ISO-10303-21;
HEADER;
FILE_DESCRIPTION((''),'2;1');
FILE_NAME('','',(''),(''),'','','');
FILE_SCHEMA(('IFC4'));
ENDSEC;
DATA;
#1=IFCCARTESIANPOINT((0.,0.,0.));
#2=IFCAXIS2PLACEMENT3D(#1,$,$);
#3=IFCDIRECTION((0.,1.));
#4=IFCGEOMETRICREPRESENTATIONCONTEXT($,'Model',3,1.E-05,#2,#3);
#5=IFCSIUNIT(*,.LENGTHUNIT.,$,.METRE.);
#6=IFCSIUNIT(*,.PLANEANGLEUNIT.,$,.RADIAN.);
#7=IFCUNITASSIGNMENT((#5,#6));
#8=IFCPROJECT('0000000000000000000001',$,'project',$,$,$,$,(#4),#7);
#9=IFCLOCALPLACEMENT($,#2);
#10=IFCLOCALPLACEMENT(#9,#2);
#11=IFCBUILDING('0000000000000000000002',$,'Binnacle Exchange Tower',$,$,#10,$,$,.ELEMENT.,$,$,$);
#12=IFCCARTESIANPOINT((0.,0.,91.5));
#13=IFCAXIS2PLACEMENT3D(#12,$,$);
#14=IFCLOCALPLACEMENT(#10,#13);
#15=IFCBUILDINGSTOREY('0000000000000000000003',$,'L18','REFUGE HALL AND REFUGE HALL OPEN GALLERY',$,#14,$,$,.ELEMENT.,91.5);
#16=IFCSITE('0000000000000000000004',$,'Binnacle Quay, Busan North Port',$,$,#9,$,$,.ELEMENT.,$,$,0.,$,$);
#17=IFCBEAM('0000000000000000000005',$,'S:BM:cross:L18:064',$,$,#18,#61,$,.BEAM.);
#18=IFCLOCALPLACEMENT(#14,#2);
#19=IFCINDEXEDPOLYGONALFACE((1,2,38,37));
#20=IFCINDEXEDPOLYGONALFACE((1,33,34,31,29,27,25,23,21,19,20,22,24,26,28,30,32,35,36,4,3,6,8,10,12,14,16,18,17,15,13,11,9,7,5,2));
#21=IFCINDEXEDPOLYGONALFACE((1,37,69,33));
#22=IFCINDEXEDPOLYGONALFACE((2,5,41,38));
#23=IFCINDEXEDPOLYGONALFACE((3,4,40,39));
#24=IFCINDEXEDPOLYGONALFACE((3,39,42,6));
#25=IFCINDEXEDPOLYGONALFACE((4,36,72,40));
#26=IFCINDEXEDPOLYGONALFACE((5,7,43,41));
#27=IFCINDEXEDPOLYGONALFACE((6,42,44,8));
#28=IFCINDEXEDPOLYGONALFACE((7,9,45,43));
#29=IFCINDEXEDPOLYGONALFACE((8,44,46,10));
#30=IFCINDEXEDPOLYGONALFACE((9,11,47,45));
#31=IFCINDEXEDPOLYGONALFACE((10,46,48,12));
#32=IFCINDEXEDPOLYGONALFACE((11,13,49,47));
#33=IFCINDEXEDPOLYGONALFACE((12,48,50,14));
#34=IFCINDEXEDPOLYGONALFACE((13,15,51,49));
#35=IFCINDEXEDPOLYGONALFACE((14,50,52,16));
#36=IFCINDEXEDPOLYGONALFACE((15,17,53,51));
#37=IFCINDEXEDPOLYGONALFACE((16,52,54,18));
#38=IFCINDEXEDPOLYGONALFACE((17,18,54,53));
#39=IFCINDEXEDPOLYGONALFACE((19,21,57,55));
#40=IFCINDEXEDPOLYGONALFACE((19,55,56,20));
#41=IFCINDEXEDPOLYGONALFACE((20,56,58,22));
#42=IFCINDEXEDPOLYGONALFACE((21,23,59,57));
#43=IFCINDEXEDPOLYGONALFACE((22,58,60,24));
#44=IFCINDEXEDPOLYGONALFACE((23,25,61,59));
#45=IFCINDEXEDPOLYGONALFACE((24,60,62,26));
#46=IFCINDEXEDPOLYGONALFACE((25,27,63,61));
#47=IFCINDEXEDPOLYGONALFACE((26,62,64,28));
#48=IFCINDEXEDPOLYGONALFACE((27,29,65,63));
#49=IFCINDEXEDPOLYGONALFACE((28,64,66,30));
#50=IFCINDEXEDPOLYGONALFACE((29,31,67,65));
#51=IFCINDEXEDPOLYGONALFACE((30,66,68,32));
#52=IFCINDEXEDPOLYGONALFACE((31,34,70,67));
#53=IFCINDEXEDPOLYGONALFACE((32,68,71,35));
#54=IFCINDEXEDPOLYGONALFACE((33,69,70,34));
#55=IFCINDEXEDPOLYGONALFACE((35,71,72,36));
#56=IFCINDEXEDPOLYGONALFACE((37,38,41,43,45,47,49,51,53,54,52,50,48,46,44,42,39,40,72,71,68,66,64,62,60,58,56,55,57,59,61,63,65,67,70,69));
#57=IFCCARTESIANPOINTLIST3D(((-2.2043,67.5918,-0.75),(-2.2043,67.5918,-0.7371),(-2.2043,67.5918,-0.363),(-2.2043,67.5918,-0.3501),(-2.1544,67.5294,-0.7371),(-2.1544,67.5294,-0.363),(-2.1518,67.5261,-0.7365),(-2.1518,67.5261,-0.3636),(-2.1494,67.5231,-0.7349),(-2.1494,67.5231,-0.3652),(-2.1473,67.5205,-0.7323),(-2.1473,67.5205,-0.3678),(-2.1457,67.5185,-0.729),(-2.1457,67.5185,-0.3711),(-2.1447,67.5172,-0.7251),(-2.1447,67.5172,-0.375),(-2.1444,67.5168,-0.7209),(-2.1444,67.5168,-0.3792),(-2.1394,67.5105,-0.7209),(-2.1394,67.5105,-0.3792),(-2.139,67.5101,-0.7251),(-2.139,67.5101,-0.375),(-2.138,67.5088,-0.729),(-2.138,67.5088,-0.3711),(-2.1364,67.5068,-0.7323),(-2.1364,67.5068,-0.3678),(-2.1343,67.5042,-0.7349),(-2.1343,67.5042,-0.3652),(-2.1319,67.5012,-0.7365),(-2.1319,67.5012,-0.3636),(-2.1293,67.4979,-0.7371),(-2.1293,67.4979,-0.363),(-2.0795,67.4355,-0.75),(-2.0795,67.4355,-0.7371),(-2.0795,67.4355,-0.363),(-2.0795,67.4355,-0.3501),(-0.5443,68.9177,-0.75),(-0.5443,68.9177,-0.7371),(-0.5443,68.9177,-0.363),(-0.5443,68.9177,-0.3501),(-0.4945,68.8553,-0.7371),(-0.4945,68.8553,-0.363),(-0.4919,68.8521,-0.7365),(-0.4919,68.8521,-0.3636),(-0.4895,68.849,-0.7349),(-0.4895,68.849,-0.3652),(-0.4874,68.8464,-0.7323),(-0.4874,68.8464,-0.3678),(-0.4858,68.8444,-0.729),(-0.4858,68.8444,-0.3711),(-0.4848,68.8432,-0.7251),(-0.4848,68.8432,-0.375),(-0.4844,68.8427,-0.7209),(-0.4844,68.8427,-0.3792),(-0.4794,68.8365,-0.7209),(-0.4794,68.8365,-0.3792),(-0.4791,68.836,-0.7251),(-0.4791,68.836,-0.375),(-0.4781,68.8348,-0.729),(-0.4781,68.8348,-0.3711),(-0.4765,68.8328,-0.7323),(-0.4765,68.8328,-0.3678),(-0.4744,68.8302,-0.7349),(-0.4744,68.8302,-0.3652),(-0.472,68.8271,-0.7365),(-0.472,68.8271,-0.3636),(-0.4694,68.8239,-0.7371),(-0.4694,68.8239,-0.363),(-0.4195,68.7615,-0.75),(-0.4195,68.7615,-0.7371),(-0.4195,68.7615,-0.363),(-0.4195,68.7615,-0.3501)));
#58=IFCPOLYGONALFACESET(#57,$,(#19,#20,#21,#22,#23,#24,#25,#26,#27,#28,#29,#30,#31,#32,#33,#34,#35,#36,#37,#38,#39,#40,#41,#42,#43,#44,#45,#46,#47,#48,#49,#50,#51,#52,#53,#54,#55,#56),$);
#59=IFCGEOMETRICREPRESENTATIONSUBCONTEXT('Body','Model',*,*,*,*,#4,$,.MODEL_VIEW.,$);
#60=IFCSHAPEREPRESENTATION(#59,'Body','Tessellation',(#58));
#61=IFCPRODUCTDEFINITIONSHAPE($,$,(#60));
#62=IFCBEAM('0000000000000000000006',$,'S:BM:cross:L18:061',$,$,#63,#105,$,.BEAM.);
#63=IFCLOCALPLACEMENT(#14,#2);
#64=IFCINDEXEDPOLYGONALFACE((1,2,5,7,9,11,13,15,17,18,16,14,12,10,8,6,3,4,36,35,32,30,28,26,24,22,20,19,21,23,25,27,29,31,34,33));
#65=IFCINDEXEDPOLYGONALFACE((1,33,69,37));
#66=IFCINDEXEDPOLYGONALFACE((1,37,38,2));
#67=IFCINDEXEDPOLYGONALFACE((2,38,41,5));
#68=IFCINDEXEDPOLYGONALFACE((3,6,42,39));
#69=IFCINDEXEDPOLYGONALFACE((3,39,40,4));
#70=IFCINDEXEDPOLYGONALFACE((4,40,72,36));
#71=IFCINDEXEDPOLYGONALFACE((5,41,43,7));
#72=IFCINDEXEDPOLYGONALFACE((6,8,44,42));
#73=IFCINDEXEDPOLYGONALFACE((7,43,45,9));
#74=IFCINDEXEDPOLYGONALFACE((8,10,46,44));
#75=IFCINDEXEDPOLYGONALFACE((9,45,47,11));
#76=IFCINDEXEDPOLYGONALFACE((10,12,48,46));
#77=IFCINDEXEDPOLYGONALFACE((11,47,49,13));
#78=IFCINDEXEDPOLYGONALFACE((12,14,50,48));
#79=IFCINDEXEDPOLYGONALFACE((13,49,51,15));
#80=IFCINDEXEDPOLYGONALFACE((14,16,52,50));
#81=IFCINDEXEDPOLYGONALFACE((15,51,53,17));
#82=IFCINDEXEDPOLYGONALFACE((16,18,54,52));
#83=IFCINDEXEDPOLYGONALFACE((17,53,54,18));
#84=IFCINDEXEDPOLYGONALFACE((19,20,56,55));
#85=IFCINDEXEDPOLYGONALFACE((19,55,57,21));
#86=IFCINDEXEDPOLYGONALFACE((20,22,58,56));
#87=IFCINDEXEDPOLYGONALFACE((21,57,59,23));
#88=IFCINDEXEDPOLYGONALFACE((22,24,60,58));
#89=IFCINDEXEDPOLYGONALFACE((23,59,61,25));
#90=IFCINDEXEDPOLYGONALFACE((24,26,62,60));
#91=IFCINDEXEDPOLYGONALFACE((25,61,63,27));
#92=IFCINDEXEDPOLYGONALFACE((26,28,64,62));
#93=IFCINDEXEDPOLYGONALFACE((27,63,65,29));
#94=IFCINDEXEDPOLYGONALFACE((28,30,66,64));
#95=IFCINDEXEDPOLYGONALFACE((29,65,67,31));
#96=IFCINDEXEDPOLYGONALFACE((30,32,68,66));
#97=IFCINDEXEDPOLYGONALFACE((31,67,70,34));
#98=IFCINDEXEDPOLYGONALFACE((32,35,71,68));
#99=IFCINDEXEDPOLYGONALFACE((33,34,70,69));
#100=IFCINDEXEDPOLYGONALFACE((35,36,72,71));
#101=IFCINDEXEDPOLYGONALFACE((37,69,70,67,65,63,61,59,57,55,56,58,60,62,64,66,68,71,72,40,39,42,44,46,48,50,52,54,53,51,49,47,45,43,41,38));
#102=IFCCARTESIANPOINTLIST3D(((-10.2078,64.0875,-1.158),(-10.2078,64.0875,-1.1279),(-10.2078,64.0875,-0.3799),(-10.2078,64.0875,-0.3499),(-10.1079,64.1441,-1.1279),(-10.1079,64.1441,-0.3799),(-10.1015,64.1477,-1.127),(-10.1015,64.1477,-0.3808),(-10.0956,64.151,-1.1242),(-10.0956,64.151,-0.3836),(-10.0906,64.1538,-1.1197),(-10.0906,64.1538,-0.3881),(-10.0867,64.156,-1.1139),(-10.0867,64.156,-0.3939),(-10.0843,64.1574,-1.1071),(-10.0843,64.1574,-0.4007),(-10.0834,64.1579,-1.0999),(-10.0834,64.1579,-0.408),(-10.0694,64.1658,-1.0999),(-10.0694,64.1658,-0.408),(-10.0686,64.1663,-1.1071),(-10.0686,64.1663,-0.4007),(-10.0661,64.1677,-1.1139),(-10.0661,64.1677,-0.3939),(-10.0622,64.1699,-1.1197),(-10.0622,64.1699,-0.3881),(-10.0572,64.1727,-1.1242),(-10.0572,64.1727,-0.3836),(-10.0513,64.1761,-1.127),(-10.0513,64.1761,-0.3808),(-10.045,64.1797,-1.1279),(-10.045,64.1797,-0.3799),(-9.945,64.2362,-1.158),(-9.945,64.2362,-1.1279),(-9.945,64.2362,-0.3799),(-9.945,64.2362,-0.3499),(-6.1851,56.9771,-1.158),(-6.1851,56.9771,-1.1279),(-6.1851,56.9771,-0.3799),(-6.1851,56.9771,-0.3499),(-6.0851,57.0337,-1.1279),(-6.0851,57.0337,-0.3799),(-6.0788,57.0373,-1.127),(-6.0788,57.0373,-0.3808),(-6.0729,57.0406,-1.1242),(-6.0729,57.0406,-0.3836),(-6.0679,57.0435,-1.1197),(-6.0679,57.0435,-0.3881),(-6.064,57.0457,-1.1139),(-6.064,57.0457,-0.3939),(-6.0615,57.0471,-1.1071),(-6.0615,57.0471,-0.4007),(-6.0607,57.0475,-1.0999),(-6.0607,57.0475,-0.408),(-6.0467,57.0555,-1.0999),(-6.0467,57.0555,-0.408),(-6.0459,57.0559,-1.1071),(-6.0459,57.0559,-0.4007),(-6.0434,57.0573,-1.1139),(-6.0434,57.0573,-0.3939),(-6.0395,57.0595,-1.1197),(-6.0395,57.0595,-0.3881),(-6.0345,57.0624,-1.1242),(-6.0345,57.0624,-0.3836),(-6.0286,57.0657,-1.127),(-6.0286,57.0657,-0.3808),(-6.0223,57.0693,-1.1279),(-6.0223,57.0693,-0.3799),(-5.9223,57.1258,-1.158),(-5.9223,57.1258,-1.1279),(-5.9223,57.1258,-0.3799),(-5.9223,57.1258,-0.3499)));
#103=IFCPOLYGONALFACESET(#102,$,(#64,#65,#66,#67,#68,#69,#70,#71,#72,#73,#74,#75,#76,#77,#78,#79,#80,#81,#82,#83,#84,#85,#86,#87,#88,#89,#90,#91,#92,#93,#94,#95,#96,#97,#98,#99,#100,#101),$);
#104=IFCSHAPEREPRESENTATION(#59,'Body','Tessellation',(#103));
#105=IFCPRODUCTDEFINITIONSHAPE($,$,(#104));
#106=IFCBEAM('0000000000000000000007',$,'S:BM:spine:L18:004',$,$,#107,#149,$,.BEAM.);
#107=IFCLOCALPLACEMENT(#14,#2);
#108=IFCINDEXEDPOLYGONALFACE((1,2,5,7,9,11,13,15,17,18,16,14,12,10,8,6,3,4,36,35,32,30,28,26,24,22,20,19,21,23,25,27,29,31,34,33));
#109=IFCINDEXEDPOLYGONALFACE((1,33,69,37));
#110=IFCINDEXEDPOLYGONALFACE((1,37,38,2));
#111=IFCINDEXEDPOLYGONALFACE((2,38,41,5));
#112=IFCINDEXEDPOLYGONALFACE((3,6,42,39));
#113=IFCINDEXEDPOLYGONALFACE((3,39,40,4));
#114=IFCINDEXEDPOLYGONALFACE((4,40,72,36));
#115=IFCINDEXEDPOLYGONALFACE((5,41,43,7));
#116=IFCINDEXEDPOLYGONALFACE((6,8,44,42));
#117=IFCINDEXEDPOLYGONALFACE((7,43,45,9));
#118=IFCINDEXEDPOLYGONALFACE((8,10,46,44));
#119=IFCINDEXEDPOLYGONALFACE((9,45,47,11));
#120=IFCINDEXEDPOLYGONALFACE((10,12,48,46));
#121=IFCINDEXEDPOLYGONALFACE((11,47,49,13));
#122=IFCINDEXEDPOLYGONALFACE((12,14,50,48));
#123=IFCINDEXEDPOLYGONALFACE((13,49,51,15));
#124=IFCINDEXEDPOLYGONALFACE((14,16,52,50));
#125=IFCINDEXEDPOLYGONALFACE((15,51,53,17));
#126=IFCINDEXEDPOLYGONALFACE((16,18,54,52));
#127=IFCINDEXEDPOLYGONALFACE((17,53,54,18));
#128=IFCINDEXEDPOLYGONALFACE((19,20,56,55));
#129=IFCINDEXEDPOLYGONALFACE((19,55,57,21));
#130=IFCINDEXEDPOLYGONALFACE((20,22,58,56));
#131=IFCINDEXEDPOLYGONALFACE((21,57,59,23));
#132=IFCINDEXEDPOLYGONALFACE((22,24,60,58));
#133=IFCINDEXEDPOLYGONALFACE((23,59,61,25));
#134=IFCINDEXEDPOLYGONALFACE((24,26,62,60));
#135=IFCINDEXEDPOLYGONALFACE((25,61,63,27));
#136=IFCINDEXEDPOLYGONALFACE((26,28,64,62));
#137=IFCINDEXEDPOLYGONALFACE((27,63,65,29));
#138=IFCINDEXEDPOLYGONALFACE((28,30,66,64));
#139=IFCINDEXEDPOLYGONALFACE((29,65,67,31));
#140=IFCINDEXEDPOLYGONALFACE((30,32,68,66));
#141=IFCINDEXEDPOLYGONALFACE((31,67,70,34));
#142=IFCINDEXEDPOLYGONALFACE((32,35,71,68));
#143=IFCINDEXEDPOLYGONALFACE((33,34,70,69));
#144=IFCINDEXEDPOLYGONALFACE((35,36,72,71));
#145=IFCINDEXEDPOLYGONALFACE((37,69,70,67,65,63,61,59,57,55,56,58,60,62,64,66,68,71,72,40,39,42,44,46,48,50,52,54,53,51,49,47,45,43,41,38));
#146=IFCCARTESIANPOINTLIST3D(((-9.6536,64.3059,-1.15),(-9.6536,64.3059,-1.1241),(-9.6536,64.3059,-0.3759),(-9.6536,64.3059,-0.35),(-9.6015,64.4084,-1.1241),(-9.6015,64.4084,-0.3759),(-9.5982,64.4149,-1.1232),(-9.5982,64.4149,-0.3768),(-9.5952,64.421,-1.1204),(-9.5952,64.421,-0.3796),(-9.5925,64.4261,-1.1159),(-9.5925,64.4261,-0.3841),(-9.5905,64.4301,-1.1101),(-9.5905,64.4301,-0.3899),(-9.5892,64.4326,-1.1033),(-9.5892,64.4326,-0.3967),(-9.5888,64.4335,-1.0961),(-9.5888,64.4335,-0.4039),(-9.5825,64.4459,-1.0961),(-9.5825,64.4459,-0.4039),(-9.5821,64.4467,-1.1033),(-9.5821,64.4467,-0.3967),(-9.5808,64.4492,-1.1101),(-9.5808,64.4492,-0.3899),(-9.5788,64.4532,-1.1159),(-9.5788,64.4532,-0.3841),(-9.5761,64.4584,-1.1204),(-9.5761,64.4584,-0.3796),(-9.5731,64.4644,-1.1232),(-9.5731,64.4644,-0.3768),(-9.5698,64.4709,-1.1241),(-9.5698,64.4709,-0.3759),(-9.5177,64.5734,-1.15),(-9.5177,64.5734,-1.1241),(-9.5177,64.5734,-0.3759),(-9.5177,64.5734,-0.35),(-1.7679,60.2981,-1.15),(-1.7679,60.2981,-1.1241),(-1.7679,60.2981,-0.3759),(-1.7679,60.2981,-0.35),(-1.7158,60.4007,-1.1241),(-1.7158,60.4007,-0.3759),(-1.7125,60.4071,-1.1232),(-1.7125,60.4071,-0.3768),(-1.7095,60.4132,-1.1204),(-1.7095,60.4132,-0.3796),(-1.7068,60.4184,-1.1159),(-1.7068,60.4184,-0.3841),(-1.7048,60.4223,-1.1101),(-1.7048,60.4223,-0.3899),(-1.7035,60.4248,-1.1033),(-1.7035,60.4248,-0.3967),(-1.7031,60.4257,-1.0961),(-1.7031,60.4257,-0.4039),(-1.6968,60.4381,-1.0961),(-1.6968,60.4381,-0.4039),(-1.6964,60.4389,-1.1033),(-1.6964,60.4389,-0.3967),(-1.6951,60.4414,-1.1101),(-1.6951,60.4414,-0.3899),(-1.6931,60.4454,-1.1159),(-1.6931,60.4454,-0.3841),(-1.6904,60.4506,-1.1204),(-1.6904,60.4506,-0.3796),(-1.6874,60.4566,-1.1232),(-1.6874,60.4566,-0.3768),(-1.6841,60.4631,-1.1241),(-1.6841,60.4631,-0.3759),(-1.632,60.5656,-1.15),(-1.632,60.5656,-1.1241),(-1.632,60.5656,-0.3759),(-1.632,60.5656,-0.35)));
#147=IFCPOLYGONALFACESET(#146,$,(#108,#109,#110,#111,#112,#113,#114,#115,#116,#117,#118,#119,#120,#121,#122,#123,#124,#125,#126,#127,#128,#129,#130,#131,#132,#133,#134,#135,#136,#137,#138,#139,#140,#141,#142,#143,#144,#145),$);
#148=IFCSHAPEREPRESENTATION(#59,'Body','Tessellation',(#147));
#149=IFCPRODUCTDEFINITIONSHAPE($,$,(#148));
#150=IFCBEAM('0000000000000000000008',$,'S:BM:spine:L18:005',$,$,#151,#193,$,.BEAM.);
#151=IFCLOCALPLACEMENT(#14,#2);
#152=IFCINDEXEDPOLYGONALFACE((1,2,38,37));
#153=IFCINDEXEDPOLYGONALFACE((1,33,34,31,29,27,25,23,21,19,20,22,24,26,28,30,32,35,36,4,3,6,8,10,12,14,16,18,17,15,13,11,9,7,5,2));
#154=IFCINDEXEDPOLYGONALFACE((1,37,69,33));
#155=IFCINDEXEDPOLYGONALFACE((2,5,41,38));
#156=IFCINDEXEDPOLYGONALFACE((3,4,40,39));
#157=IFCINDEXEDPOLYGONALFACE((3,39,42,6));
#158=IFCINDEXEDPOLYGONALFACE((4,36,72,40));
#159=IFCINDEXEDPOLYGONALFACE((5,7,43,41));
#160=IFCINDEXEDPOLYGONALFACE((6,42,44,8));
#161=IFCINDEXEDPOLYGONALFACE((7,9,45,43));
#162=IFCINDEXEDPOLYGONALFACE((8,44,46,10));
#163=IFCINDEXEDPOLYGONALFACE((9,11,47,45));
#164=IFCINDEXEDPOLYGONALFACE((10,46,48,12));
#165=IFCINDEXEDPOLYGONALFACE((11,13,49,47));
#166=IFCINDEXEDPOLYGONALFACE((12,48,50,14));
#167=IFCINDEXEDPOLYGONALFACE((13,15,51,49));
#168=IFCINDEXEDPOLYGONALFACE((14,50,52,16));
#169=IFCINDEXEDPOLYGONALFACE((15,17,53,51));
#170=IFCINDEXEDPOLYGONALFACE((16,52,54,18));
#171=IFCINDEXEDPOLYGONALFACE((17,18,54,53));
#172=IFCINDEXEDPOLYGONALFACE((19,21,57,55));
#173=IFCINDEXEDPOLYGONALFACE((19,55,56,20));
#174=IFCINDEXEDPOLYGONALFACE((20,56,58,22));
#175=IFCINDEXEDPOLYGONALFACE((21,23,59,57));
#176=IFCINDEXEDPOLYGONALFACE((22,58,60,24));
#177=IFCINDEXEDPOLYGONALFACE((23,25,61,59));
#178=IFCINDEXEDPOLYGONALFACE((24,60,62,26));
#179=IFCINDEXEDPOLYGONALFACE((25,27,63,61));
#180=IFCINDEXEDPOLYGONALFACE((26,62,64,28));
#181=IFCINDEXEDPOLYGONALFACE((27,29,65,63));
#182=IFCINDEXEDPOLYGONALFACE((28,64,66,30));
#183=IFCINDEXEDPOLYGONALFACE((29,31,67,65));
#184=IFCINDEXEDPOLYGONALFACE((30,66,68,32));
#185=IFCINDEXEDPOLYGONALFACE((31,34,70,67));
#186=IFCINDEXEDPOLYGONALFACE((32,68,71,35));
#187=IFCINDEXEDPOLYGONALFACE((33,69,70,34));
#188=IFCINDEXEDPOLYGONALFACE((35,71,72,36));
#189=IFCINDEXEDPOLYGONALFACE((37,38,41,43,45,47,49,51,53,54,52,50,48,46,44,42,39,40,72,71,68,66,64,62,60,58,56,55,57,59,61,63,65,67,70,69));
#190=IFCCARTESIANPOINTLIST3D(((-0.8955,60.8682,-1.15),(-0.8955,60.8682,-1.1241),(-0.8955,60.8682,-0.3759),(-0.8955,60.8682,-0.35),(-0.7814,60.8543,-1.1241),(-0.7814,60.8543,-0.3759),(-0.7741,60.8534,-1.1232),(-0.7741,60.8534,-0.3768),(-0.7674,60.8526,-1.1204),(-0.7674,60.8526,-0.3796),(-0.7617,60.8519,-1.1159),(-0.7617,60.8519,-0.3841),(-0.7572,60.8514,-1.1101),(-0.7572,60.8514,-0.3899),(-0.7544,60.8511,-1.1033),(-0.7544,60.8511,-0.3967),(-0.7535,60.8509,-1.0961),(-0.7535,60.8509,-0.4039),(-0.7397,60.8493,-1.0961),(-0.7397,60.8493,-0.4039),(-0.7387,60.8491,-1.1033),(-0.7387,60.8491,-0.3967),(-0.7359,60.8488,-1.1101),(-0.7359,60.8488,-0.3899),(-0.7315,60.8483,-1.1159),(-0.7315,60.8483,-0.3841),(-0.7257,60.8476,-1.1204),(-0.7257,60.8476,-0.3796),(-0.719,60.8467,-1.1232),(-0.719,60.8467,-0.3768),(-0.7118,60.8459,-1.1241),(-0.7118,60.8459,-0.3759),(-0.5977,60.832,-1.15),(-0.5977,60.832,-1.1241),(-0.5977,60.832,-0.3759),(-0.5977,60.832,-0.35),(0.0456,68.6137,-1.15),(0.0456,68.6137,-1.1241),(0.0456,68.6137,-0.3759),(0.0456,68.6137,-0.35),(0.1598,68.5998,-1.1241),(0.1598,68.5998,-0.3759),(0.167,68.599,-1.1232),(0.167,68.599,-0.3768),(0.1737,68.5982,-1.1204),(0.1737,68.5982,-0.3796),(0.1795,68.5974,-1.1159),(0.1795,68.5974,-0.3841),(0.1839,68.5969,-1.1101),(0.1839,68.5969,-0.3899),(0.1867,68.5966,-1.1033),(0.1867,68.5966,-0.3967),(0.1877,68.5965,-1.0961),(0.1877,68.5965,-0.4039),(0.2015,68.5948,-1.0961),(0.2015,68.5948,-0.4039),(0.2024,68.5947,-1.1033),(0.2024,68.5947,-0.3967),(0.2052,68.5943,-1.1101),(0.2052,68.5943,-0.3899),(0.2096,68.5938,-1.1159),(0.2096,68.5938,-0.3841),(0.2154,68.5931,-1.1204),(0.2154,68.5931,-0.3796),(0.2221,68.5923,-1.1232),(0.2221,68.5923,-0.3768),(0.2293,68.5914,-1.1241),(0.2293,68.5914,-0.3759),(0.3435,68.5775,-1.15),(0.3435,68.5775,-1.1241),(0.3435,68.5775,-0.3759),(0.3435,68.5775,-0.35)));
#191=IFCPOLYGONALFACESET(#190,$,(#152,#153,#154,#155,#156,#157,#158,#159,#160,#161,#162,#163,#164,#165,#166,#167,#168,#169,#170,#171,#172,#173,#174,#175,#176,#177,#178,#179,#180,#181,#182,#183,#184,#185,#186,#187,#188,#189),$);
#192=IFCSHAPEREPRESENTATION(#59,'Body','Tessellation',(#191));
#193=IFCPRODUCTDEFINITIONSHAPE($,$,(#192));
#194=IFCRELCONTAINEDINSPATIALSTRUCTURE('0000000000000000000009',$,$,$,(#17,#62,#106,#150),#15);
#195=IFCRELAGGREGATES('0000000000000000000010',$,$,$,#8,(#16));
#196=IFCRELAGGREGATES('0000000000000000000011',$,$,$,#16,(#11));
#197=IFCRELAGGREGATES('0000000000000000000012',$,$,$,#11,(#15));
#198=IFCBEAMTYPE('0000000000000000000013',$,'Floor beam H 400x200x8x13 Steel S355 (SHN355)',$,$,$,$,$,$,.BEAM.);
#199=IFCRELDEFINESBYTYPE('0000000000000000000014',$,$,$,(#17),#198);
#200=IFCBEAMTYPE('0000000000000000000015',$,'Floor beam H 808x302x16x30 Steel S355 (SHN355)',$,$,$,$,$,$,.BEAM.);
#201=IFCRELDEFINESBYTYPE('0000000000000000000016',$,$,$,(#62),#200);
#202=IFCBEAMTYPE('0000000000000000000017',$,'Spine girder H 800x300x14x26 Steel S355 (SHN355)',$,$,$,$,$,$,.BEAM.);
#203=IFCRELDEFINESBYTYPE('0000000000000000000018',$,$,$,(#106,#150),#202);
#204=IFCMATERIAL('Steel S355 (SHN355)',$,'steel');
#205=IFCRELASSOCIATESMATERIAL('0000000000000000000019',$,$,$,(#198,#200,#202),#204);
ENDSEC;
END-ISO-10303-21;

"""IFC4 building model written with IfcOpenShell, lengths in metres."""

from ifc_helpers import new_model, si_unit, direction, frame, origin, origin_2d, place, context, subcontext, project, spatial, i_section, extrude, material, material_profile, profile_set, type_object, element, save


model = new_model("IFC4")

# Units and contexts
model_context = context("Model", 3, precision=1e-05, world=origin(), true_north=direction((0.0, 1.0)))
body_context = subcontext(model_context, "Body", "Model", "MODEL_VIEW")
ifc_project = project(units=[si_unit("LENGTHUNIT", "METRE"), si_unit("PLANEANGLEUNIT", "RADIAN")], contexts=[model_context])

# Site, building, storey
site_placement = place(None, origin())
site = spatial("IfcSite", under=ifc_project, at=site_placement, Name="Binnacle Quay, Busan North Port", CompositionType="ELEMENT", RefElevation=0.0)
building_placement = place(site_placement, origin())
building = spatial("IfcBuilding", under=site, at=building_placement, Name="Binnacle Exchange Tower", CompositionType="ELEMENT")
storey_placement = place(building_placement, frame((0.0, 0.0, 91.5)))
storey = spatial("IfcBuildingStorey", under=building, at=storey_placement, Name="L18", Description="REFUGE HALL AND REFUGE HALL OPEN GALLERY", CompositionType="ELEMENT", Elevation=91.5)

# Beams
ifc_material_1 = material(Name="Steel S355 (SHN355)", Category="steel")
ifc_material_profile_1 = material_profile(ifc_material_1, i_section(OverallWidth=0.2, OverallDepth=0.3999, WebThickness=0.0081, FlangeThickness=0.0129, FilletRadius=0.0161, at=origin_2d()), Name="H 400x200x8x13")
ifc_profile_set_1 = profile_set([ifc_material_profile_1], Name="Steel S355 (SHN355)")
beam_type_1 = type_object("IfcBeamType", Name="Floor beam H 400x200x8x13 Steel S355 (SHN355)", PredefinedType="BEAM", material=ifc_profile_set_1)
beam_1_placement = place(storey_placement, frame((-0.4819, 68.8396, -0.55), z_axis=(-0.781328, -0.62412, 0.0), x_axis=(0.62412, -0.781328, 0.0)))
element("IfcBeam", 1, at=beam_1_placement, inside=storey, type_object=beam_type_1, Name="S:BM:cross:L18:064", PredefinedType="BEAM", context=body_context, shape_type="SweptSolid", body=[
    extrude(i_section(OverallWidth=0.2, OverallDepth=0.3999, WebThickness=0.0081, FlangeThickness=0.0129, FilletRadius=0.0161, at=origin_2d()), origin(), (0.0, 0.0, 1.0), 2.1245),
])
ifc_material_profile_2 = material_profile(ifc_material_1, i_section(OverallWidth=0.302, OverallDepth=0.8081, WebThickness=0.0161, FlangeThickness=0.03, FilletRadius=0.0281, at=origin_2d()), Name="H 808x302x16x30")
ifc_profile_set_2 = profile_set([ifc_material_profile_2], Name="Steel S355 (SHN355)")
beam_type_2 = type_object("IfcBeamType", Name="Floor beam H 808x302x16x30 Steel S355 (SHN355)", PredefinedType="BEAM", material=ifc_profile_set_2)
beam_2_placement = place(storey_placement, frame((-10.0764, 64.1619, -0.7539), z_axis=(0.492411, -0.870363, 0.0), x_axis=(0.870363, 0.492411, 0.0)))
element("IfcBeam", 2, at=beam_2_placement, inside=storey, type_object=beam_type_2, Name="S:BM:cross:L18:061", PredefinedType="BEAM", context=body_context, shape_type="SweptSolid", body=[
    extrude(i_section(OverallWidth=0.302, OverallDepth=0.8081, WebThickness=0.0161, FlangeThickness=0.03, FilletRadius=0.0281, at=origin_2d()), origin(), (0.0, 0.0, 1.0), 8.1694),
])
ifc_material_profile_3 = material_profile(ifc_material_1, i_section(OverallWidth=0.3, OverallDepth=0.8, WebThickness=0.0139, FlangeThickness=0.0259, FilletRadius=0.0281, at=origin_2d()), Name="H 800x300x14x26")
ifc_profile_set_3 = profile_set([ifc_material_profile_3], Name="Steel S355 (SHN355)")
beam_type_3 = type_object("IfcBeamType", Name="Spine girder H 800x300x14x26 Steel S355 (SHN355)", PredefinedType="BEAM", material=ifc_profile_set_3)
beam_3_placement = place(storey_placement, frame((-1.7, 60.4319, -0.75), z_axis=(-0.891471, 0.453077, 0.0), x_axis=(-0.453077, -0.891471, 0.0)))
element("IfcBeam", 3, at=beam_3_placement, inside=storey, type_object=beam_type_3, Name="S:BM:spine:L18:004", PredefinedType="BEAM", context=body_context, shape_type="SweptSolid", body=[
    extrude(i_section(OverallWidth=0.3, OverallDepth=0.8, WebThickness=0.0139, FlangeThickness=0.0259, FilletRadius=0.0281, at=origin_2d()), origin(), (0.0, 0.0, 1.0), 8.8457),
])
beam_4_placement = place(storey_placement, frame((-0.7466, 60.8501, -0.75), z_axis=(0.120622, 0.992699, 0.0), x_axis=(-0.992699, 0.120622, 0.0)))
element("IfcBeam", 4, at=beam_4_placement, inside=storey, type_object=beam_type_3, Name="S:BM:spine:L18:005", PredefinedType="BEAM", context=body_context, shape_type="SweptSolid", body=[
    extrude(i_section(OverallWidth=0.3, OverallDepth=0.8, WebThickness=0.0139, FlangeThickness=0.0259, FilletRadius=0.0281, at=origin_2d()), origin(), (0.0, 0.0, 1.0), 7.8025),
])

save(model, "model.ifc")
